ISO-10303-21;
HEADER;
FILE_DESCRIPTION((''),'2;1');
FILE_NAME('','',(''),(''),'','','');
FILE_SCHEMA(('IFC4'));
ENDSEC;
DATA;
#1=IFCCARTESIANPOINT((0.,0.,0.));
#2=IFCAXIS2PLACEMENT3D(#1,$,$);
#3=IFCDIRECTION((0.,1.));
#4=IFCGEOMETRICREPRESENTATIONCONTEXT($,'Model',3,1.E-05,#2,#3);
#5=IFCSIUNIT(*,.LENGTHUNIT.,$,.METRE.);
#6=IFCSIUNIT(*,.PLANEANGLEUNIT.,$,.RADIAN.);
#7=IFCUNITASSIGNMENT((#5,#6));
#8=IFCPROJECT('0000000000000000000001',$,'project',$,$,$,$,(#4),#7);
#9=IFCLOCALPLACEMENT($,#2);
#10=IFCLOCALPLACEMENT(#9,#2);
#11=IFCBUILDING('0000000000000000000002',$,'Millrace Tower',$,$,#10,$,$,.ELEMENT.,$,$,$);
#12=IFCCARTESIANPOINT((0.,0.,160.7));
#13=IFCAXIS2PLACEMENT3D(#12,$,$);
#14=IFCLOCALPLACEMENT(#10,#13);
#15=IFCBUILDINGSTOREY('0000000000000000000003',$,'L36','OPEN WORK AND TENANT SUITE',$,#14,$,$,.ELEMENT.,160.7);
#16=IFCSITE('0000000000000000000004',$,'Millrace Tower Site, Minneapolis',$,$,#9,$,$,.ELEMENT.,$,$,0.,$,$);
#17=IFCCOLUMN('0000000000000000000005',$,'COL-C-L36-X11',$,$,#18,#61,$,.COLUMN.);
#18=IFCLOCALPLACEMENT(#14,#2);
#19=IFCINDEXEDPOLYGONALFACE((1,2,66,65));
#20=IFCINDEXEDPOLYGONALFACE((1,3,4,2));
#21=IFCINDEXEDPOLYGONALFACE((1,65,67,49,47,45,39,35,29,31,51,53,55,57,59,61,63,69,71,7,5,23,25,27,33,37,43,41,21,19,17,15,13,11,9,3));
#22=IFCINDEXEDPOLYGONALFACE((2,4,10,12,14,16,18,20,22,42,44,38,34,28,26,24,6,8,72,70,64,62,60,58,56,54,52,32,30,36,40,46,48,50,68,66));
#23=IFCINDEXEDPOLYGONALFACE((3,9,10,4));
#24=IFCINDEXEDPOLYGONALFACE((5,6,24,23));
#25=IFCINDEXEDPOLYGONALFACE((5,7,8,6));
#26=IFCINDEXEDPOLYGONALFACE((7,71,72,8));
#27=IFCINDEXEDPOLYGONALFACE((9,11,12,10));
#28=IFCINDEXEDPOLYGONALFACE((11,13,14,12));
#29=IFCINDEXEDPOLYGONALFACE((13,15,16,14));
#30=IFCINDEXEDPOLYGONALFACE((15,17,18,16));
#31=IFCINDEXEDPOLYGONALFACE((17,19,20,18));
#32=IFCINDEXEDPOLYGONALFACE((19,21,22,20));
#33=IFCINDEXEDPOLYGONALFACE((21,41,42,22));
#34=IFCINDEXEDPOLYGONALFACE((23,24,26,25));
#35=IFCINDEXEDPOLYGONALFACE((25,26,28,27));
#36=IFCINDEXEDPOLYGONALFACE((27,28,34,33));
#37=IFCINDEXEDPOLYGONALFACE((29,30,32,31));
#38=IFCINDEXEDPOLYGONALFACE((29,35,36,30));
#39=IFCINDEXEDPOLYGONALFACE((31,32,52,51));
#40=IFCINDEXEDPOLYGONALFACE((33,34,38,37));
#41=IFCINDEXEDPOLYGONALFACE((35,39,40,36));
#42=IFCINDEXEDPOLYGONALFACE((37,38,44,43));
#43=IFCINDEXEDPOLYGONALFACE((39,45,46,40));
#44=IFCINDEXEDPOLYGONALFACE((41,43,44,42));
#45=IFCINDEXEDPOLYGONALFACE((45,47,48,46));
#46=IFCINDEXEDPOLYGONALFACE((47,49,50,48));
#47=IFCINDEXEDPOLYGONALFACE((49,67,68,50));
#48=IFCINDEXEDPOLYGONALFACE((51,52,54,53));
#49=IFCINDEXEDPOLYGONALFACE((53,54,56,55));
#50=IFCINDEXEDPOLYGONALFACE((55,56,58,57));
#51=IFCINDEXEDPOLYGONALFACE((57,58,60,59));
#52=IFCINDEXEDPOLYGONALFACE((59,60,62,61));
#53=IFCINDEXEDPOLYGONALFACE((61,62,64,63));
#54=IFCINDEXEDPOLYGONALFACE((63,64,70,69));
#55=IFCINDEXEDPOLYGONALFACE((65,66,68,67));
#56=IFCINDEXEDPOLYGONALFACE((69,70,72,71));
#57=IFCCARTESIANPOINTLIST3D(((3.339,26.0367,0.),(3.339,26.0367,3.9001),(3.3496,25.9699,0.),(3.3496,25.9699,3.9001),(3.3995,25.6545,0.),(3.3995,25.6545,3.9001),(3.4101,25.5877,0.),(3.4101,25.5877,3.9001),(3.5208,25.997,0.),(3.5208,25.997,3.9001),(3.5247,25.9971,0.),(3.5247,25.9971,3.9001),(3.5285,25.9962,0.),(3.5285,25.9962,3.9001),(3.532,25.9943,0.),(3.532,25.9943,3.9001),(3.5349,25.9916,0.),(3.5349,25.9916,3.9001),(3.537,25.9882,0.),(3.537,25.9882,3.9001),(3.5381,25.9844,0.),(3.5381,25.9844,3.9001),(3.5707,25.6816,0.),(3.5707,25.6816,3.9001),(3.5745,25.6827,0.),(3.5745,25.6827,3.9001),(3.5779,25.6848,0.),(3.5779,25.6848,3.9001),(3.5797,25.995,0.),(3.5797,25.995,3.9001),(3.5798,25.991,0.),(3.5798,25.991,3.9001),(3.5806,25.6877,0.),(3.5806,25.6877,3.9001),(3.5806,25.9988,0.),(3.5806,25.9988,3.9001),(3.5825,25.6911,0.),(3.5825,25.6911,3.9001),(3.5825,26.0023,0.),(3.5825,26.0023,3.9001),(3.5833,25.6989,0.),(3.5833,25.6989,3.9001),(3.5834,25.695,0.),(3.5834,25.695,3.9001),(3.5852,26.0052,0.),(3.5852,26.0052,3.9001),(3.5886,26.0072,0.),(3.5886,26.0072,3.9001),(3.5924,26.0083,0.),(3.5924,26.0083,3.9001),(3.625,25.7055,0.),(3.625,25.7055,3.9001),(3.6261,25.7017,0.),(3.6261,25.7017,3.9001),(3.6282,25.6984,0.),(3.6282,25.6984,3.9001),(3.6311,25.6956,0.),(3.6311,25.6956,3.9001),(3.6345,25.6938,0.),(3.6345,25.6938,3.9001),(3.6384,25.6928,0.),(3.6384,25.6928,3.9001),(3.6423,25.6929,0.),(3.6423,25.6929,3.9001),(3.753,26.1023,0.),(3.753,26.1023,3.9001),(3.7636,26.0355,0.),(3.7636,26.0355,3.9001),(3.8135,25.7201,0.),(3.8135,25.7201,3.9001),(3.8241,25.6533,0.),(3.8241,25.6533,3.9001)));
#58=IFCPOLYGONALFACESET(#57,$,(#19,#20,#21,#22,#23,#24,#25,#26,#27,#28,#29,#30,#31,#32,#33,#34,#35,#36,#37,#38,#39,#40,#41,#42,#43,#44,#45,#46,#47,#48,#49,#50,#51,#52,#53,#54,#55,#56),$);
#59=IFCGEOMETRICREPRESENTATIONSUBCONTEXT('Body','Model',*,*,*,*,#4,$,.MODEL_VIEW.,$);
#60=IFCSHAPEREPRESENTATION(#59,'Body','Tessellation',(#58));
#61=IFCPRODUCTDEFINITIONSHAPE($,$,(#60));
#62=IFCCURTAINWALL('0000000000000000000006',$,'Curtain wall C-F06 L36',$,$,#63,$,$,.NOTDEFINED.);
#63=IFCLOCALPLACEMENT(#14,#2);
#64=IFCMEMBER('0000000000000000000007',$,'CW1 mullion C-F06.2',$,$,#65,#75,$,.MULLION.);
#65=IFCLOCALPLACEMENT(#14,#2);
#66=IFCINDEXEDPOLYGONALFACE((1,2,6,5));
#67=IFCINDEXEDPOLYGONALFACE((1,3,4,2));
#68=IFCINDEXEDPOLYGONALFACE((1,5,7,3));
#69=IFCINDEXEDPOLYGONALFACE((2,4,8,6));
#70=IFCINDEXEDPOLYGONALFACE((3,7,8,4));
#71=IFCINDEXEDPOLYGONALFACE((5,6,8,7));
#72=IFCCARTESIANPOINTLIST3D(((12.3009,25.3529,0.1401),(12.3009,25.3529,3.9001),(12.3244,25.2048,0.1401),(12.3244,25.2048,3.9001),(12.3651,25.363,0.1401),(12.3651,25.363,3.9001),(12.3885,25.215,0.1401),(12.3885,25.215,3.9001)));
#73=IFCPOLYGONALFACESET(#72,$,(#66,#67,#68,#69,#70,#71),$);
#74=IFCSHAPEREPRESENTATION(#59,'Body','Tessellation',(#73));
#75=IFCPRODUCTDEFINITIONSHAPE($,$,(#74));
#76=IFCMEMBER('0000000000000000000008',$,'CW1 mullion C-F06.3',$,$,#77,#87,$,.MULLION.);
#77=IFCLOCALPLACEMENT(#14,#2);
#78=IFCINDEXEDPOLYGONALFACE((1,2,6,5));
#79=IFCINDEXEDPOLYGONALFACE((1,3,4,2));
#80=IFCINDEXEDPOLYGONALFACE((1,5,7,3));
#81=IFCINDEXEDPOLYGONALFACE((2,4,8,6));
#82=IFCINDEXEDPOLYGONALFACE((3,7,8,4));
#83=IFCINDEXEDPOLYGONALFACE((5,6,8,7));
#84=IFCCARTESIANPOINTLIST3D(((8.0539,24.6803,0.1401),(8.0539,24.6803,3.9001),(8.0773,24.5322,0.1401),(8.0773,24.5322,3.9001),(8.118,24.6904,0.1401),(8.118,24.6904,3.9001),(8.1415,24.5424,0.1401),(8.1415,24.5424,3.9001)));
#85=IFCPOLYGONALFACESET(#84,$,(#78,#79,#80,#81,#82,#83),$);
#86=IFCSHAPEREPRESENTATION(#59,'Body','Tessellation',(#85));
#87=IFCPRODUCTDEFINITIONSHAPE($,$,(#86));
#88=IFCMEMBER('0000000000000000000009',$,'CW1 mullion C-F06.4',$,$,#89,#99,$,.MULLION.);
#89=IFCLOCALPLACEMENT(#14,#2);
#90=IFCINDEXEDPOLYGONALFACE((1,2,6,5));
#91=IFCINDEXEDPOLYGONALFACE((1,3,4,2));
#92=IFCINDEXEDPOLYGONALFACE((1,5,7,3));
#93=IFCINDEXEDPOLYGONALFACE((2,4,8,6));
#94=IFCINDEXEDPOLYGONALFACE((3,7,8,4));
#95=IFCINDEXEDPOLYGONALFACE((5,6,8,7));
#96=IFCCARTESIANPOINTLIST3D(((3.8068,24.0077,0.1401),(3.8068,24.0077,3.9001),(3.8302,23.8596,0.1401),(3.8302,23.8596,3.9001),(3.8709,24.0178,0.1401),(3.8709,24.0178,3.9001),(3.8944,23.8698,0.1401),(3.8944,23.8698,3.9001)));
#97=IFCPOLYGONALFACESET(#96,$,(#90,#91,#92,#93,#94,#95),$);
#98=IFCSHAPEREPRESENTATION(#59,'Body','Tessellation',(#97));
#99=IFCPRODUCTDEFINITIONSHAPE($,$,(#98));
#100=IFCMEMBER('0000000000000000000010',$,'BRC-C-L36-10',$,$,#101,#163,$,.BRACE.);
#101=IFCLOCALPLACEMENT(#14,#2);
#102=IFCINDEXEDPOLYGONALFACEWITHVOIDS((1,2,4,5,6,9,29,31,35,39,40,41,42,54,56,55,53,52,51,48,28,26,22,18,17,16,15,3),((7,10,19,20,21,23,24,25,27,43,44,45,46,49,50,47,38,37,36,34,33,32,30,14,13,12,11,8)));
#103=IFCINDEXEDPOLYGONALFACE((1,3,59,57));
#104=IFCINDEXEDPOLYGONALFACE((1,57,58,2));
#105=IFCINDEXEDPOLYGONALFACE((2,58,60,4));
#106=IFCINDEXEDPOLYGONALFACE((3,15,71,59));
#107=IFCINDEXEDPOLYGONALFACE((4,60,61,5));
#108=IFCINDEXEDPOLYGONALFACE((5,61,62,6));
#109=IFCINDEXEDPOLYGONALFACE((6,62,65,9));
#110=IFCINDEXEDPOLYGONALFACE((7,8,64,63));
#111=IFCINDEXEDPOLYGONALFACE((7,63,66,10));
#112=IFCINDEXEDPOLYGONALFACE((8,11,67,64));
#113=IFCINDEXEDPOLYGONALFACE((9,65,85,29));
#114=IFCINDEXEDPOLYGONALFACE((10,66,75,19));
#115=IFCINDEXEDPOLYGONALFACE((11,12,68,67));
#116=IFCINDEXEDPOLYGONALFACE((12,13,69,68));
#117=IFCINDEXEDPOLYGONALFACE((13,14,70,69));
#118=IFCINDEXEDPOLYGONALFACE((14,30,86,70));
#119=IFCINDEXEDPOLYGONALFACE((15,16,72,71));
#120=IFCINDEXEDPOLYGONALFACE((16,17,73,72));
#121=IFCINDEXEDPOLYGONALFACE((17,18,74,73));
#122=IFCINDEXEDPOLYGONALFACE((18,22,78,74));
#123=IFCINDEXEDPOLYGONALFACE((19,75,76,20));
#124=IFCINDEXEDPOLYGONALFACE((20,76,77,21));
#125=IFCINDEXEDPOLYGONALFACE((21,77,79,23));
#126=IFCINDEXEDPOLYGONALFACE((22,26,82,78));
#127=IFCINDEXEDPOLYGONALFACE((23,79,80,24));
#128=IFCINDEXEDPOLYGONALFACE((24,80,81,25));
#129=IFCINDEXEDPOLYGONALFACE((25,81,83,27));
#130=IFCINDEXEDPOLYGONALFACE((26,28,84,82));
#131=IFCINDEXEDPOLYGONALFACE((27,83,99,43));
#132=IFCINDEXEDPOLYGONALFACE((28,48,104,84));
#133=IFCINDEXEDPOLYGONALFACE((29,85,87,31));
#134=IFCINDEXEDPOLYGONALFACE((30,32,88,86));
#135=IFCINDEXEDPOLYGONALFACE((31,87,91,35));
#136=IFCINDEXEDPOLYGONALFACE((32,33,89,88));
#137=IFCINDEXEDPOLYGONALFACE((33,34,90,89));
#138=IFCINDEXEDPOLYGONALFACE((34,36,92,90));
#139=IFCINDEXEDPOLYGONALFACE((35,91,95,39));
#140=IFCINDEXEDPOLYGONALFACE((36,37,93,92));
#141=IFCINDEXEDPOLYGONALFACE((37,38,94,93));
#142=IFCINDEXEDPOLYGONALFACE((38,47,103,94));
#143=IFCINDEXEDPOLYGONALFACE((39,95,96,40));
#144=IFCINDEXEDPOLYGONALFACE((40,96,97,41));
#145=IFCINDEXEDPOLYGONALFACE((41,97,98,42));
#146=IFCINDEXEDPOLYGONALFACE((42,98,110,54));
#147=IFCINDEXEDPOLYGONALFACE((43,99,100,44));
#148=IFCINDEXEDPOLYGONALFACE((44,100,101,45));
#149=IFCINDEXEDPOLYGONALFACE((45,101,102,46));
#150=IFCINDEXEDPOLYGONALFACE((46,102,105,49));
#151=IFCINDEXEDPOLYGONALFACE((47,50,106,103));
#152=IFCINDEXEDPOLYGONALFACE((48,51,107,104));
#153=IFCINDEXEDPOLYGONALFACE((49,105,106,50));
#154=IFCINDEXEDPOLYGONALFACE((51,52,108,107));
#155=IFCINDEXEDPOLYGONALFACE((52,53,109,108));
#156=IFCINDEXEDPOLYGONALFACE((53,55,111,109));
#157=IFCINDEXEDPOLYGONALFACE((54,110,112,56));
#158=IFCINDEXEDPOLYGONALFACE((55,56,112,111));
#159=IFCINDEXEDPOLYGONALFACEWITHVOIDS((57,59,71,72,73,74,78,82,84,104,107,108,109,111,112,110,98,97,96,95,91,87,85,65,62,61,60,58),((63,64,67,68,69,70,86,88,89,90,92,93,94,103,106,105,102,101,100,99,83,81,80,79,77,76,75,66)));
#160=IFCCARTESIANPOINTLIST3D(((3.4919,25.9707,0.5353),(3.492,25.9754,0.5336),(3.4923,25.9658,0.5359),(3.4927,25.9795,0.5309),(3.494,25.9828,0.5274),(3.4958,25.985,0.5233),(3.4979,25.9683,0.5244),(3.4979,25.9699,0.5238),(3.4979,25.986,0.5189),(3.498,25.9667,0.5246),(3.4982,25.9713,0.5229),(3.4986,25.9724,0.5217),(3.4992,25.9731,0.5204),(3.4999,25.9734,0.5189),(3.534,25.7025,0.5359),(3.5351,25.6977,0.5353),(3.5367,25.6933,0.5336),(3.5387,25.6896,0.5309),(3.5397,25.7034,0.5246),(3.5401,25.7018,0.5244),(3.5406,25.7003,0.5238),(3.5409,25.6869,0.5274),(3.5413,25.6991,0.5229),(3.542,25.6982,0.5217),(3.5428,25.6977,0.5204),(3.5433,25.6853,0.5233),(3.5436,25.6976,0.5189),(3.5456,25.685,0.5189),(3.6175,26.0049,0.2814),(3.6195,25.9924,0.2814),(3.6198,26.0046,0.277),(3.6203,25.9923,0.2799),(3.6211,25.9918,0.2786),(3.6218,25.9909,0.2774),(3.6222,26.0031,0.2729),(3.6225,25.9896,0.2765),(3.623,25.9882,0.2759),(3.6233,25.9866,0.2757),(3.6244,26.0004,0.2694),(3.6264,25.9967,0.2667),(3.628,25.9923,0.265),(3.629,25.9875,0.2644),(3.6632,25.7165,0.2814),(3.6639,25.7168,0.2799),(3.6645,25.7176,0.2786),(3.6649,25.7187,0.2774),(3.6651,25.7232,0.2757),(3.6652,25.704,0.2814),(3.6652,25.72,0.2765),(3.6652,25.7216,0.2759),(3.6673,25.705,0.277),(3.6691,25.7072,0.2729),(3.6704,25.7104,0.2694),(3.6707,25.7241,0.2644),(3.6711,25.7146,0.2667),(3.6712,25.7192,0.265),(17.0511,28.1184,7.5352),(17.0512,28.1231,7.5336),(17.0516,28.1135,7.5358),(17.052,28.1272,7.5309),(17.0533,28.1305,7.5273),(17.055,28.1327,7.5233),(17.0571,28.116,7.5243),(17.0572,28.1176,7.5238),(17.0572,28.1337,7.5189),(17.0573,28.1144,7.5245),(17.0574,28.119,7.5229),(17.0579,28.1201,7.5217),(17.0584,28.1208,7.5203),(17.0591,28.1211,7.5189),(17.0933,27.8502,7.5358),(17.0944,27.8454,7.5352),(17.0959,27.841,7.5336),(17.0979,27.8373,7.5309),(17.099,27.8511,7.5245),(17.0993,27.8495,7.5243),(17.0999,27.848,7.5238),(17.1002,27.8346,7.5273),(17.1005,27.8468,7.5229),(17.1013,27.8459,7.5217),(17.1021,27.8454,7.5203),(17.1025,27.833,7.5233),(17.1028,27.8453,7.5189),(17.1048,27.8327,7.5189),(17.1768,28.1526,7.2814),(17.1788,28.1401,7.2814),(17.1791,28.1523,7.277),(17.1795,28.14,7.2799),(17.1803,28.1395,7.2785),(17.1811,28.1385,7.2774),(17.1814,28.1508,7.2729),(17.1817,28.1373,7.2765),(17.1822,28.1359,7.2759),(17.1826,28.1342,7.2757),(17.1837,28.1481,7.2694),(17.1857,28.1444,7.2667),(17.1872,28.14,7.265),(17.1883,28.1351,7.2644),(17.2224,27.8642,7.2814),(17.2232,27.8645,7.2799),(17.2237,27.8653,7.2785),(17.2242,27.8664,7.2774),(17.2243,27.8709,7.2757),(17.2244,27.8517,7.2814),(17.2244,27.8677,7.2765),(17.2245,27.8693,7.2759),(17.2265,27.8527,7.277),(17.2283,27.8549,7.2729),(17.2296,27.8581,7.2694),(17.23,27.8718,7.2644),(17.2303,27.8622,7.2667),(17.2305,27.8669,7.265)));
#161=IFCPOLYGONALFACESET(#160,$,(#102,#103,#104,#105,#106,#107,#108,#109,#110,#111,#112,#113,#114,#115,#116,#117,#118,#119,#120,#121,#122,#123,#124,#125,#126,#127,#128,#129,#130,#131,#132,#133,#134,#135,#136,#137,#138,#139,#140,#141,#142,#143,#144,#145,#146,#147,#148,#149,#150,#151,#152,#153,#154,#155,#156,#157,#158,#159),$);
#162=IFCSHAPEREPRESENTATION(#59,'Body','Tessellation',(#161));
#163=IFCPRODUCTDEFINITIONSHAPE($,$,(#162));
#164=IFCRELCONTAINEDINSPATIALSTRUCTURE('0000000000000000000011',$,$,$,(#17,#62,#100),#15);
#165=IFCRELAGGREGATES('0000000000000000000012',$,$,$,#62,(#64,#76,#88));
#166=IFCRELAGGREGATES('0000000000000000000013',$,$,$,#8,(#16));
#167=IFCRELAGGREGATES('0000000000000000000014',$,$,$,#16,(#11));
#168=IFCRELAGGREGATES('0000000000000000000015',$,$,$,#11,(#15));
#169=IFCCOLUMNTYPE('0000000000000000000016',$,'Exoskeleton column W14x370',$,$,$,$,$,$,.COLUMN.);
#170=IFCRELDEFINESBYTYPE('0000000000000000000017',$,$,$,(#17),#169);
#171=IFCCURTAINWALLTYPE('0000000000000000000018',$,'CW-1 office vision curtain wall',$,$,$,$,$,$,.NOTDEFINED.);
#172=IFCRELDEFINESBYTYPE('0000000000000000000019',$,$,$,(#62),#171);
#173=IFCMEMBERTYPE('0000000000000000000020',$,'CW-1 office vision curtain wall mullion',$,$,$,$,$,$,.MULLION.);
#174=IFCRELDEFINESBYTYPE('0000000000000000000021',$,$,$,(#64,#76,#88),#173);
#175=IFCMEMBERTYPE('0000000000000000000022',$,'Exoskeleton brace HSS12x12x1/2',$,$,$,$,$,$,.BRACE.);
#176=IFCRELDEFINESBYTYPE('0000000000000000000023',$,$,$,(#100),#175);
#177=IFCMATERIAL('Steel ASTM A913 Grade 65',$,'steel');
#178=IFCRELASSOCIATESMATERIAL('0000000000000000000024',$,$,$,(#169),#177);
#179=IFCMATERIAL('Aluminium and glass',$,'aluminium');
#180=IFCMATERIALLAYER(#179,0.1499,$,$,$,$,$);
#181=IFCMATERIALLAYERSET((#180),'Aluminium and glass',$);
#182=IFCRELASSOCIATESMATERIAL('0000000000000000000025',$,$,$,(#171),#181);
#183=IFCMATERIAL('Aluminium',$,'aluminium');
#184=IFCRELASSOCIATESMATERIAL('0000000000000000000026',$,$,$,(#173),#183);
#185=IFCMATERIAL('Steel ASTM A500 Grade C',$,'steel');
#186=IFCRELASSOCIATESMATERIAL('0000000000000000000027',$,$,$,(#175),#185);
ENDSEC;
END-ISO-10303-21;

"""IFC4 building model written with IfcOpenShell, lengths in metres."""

from ifc_helpers import new_model, si_unit, direction, frame, origin, origin_2d, place, context, subcontext, project, spatial, rectangle, hollow_rectangle, i_section, extrude, material, layer, layer_set, material_profile, profile_set, type_object, element, aggregate, save


model = new_model("IFC4")

# Units and contexts
model_context = context("Model", 3, precision=1e-05, world=origin(), true_north=direction((0.0, 1.0)))
body_context = subcontext(model_context, "Body", "Model", "MODEL_VIEW")
ifc_project = project(units=[si_unit("LENGTHUNIT", "METRE"), si_unit("PLANEANGLEUNIT", "RADIAN")], contexts=[model_context])

# Site, building, storey
site_placement = place(None, origin())
site = spatial("IfcSite", under=ifc_project, at=site_placement, Name="Millrace Tower Site, Minneapolis", CompositionType="ELEMENT", RefElevation=0.0)
building_placement = place(site_placement, origin())
building = spatial("IfcBuilding", under=site, at=building_placement, Name="Millrace Tower", CompositionType="ELEMENT")
storey_placement = place(building_placement, frame((0.0, 0.0, 160.7)))
storey = spatial("IfcBuildingStorey", under=building, at=storey_placement, Name="L36", Description="OPEN WORK AND TENANT SUITE", CompositionType="ELEMENT", Elevation=160.7)

# Column
ifc_material_1 = material(Name="Steel ASTM A913 Grade 65", Category="steel")
ifc_material_profile_1 = material_profile(ifc_material_1, i_section(OverallWidth=0.4192, OverallDepth=0.4546, WebThickness=0.0422, FlangeThickness=0.0676, FilletRadius=0.0151, at=origin_2d()))
ifc_profile_set_1 = profile_set([ifc_material_profile_1], Name="Steel ASTM A913 Grade 65")
column_type = type_object("IfcColumnType", Name="Exoskeleton column W14x370", PredefinedType="COLUMN", material=ifc_profile_set_1)
column_placement = place(storey_placement, frame((3.5815, 25.845, 0.0), z_axis=(0.0, 0.0, 1.0), x_axis=(-0.987688, -0.156434, 0.0)))
element("IfcColumn", 1, at=column_placement, inside=storey, type_object=column_type, Name="COL-C-L36-X11", PredefinedType="COLUMN", context=body_context, shape_type="SweptSolid", body=[
    extrude(i_section(OverallWidth=0.4192, OverallDepth=0.4546, WebThickness=0.0422, FlangeThickness=0.0676, FilletRadius=0.0151, at=origin_2d()), origin(), (0.0, 0.0, 1.0), 3.9001),
])

# Curtain wall, members
ifc_material_2 = material(Name="Aluminium and glass", Category="aluminium")
ifc_layer_1 = layer(ifc_material_2, 0.1499)
ifc_layer_set_1 = layer_set([ifc_layer_1], Name="Aluminium and glass")
curtain_wall_type = type_object("IfcCurtainWallType", Name="CW-1 office vision curtain wall", PredefinedType="NOTDEFINED", material=ifc_layer_set_1)
curtain_wall_placement = place(storey_placement, origin())
curtain_wall = element("IfcCurtainWall", 2, at=curtain_wall_placement, inside=storey, type_object=curtain_wall_type, Name="Curtain wall C-F06 L36", PredefinedType="NOTDEFINED")
ifc_material_3 = material(Name="Aluminium", Category="aluminium")
ifc_material_profile_2 = material_profile(ifc_material_3, rectangle(XDim=0.0649, YDim=0.1499, at=origin_2d()))
ifc_profile_set_2 = profile_set([ifc_material_profile_2], Name="Aluminium")
member_type_1 = type_object("IfcMemberType", Name="CW-1 office vision curtain wall mullion", PredefinedType="MULLION", material=ifc_profile_set_2)
member_1_placement = place(storey_placement, frame((12.3447, 25.2839, 0.1401), z_axis=(0.0, 0.0, 1.0), x_axis=(-0.987688, -0.156434, 0.0)))
member_1 = element("IfcMember", 3, at=member_1_placement, type_object=member_type_1, Name="CW1 mullion C-F06.2", PredefinedType="MULLION", context=body_context, shape_type="SweptSolid", body=[
    extrude(rectangle(XDim=0.0649, YDim=0.1499, at=origin_2d()), origin(), (0.0, 0.0, 1.0), 3.76),
])
member_2_placement = place(storey_placement, frame((8.0977, 24.6113, 0.1401), z_axis=(0.0, 0.0, 1.0), x_axis=(-0.987688, -0.156434, 0.0)))
member_2 = element("IfcMember", 4, at=member_2_placement, type_object=member_type_1, Name="CW1 mullion C-F06.3", PredefinedType="MULLION", context=body_context, shape_type="SweptSolid", body=[
    extrude(rectangle(XDim=0.0649, YDim=0.1499, at=origin_2d()), origin(), (0.0, 0.0, 1.0), 3.76),
])
member_3_placement = place(storey_placement, frame((3.8506, 23.9387, 0.1401), z_axis=(0.0, 0.0, 1.0), x_axis=(-0.987688, -0.156434, 0.0)))
member_3 = element("IfcMember", 5, at=member_3_placement, type_object=member_type_1, Name="CW1 mullion C-F06.4", PredefinedType="MULLION", context=body_context, shape_type="SweptSolid", body=[
    extrude(rectangle(XDim=0.0649, YDim=0.1499, at=origin_2d()), origin(), (0.0, 0.0, 1.0), 3.76),
])
aggregate(curtain_wall, [member_1, member_2, member_3])

# Member
ifc_material_4 = material(Name="Steel ASTM A500 Grade C", Category="steel")
ifc_material_profile_3 = material_profile(ifc_material_4, hollow_rectangle(XDim=0.3047, YDim=0.3047, WallThickness=0.0127, InnerFilletRadius=0.0063, OuterFilletRadius=0.019, at=origin_2d()))
ifc_profile_set_3 = profile_set([ifc_material_profile_3], Name="Steel ASTM A500 Grade C")
member_type_2 = type_object("IfcMemberType", Name="Exoskeleton brace HSS12x12x1/2", PredefinedType="BRACE", material=ifc_profile_set_3)
member_4_placement = place(storey_placement, frame((3.5815, 25.845, 0.4001), z_axis=(0.879905, 0.139371, 0.454251), x_axis=(-0.156443, 0.987687, 0.0)))
element("IfcMember", 6, at=member_4_placement, inside=storey, type_object=member_type_2, Name="BRC-C-L36-10", PredefinedType="BRACE", context=body_context, shape_type="SweptSolid", body=[
    extrude(hollow_rectangle(XDim=0.3047, YDim=0.3047, WallThickness=0.0127, InnerFilletRadius=0.0063, OuterFilletRadius=0.019, at=origin_2d()), origin(), (0.0, 0.0, 1.0), 15.4099),
])

save(model, "model.ifc")
